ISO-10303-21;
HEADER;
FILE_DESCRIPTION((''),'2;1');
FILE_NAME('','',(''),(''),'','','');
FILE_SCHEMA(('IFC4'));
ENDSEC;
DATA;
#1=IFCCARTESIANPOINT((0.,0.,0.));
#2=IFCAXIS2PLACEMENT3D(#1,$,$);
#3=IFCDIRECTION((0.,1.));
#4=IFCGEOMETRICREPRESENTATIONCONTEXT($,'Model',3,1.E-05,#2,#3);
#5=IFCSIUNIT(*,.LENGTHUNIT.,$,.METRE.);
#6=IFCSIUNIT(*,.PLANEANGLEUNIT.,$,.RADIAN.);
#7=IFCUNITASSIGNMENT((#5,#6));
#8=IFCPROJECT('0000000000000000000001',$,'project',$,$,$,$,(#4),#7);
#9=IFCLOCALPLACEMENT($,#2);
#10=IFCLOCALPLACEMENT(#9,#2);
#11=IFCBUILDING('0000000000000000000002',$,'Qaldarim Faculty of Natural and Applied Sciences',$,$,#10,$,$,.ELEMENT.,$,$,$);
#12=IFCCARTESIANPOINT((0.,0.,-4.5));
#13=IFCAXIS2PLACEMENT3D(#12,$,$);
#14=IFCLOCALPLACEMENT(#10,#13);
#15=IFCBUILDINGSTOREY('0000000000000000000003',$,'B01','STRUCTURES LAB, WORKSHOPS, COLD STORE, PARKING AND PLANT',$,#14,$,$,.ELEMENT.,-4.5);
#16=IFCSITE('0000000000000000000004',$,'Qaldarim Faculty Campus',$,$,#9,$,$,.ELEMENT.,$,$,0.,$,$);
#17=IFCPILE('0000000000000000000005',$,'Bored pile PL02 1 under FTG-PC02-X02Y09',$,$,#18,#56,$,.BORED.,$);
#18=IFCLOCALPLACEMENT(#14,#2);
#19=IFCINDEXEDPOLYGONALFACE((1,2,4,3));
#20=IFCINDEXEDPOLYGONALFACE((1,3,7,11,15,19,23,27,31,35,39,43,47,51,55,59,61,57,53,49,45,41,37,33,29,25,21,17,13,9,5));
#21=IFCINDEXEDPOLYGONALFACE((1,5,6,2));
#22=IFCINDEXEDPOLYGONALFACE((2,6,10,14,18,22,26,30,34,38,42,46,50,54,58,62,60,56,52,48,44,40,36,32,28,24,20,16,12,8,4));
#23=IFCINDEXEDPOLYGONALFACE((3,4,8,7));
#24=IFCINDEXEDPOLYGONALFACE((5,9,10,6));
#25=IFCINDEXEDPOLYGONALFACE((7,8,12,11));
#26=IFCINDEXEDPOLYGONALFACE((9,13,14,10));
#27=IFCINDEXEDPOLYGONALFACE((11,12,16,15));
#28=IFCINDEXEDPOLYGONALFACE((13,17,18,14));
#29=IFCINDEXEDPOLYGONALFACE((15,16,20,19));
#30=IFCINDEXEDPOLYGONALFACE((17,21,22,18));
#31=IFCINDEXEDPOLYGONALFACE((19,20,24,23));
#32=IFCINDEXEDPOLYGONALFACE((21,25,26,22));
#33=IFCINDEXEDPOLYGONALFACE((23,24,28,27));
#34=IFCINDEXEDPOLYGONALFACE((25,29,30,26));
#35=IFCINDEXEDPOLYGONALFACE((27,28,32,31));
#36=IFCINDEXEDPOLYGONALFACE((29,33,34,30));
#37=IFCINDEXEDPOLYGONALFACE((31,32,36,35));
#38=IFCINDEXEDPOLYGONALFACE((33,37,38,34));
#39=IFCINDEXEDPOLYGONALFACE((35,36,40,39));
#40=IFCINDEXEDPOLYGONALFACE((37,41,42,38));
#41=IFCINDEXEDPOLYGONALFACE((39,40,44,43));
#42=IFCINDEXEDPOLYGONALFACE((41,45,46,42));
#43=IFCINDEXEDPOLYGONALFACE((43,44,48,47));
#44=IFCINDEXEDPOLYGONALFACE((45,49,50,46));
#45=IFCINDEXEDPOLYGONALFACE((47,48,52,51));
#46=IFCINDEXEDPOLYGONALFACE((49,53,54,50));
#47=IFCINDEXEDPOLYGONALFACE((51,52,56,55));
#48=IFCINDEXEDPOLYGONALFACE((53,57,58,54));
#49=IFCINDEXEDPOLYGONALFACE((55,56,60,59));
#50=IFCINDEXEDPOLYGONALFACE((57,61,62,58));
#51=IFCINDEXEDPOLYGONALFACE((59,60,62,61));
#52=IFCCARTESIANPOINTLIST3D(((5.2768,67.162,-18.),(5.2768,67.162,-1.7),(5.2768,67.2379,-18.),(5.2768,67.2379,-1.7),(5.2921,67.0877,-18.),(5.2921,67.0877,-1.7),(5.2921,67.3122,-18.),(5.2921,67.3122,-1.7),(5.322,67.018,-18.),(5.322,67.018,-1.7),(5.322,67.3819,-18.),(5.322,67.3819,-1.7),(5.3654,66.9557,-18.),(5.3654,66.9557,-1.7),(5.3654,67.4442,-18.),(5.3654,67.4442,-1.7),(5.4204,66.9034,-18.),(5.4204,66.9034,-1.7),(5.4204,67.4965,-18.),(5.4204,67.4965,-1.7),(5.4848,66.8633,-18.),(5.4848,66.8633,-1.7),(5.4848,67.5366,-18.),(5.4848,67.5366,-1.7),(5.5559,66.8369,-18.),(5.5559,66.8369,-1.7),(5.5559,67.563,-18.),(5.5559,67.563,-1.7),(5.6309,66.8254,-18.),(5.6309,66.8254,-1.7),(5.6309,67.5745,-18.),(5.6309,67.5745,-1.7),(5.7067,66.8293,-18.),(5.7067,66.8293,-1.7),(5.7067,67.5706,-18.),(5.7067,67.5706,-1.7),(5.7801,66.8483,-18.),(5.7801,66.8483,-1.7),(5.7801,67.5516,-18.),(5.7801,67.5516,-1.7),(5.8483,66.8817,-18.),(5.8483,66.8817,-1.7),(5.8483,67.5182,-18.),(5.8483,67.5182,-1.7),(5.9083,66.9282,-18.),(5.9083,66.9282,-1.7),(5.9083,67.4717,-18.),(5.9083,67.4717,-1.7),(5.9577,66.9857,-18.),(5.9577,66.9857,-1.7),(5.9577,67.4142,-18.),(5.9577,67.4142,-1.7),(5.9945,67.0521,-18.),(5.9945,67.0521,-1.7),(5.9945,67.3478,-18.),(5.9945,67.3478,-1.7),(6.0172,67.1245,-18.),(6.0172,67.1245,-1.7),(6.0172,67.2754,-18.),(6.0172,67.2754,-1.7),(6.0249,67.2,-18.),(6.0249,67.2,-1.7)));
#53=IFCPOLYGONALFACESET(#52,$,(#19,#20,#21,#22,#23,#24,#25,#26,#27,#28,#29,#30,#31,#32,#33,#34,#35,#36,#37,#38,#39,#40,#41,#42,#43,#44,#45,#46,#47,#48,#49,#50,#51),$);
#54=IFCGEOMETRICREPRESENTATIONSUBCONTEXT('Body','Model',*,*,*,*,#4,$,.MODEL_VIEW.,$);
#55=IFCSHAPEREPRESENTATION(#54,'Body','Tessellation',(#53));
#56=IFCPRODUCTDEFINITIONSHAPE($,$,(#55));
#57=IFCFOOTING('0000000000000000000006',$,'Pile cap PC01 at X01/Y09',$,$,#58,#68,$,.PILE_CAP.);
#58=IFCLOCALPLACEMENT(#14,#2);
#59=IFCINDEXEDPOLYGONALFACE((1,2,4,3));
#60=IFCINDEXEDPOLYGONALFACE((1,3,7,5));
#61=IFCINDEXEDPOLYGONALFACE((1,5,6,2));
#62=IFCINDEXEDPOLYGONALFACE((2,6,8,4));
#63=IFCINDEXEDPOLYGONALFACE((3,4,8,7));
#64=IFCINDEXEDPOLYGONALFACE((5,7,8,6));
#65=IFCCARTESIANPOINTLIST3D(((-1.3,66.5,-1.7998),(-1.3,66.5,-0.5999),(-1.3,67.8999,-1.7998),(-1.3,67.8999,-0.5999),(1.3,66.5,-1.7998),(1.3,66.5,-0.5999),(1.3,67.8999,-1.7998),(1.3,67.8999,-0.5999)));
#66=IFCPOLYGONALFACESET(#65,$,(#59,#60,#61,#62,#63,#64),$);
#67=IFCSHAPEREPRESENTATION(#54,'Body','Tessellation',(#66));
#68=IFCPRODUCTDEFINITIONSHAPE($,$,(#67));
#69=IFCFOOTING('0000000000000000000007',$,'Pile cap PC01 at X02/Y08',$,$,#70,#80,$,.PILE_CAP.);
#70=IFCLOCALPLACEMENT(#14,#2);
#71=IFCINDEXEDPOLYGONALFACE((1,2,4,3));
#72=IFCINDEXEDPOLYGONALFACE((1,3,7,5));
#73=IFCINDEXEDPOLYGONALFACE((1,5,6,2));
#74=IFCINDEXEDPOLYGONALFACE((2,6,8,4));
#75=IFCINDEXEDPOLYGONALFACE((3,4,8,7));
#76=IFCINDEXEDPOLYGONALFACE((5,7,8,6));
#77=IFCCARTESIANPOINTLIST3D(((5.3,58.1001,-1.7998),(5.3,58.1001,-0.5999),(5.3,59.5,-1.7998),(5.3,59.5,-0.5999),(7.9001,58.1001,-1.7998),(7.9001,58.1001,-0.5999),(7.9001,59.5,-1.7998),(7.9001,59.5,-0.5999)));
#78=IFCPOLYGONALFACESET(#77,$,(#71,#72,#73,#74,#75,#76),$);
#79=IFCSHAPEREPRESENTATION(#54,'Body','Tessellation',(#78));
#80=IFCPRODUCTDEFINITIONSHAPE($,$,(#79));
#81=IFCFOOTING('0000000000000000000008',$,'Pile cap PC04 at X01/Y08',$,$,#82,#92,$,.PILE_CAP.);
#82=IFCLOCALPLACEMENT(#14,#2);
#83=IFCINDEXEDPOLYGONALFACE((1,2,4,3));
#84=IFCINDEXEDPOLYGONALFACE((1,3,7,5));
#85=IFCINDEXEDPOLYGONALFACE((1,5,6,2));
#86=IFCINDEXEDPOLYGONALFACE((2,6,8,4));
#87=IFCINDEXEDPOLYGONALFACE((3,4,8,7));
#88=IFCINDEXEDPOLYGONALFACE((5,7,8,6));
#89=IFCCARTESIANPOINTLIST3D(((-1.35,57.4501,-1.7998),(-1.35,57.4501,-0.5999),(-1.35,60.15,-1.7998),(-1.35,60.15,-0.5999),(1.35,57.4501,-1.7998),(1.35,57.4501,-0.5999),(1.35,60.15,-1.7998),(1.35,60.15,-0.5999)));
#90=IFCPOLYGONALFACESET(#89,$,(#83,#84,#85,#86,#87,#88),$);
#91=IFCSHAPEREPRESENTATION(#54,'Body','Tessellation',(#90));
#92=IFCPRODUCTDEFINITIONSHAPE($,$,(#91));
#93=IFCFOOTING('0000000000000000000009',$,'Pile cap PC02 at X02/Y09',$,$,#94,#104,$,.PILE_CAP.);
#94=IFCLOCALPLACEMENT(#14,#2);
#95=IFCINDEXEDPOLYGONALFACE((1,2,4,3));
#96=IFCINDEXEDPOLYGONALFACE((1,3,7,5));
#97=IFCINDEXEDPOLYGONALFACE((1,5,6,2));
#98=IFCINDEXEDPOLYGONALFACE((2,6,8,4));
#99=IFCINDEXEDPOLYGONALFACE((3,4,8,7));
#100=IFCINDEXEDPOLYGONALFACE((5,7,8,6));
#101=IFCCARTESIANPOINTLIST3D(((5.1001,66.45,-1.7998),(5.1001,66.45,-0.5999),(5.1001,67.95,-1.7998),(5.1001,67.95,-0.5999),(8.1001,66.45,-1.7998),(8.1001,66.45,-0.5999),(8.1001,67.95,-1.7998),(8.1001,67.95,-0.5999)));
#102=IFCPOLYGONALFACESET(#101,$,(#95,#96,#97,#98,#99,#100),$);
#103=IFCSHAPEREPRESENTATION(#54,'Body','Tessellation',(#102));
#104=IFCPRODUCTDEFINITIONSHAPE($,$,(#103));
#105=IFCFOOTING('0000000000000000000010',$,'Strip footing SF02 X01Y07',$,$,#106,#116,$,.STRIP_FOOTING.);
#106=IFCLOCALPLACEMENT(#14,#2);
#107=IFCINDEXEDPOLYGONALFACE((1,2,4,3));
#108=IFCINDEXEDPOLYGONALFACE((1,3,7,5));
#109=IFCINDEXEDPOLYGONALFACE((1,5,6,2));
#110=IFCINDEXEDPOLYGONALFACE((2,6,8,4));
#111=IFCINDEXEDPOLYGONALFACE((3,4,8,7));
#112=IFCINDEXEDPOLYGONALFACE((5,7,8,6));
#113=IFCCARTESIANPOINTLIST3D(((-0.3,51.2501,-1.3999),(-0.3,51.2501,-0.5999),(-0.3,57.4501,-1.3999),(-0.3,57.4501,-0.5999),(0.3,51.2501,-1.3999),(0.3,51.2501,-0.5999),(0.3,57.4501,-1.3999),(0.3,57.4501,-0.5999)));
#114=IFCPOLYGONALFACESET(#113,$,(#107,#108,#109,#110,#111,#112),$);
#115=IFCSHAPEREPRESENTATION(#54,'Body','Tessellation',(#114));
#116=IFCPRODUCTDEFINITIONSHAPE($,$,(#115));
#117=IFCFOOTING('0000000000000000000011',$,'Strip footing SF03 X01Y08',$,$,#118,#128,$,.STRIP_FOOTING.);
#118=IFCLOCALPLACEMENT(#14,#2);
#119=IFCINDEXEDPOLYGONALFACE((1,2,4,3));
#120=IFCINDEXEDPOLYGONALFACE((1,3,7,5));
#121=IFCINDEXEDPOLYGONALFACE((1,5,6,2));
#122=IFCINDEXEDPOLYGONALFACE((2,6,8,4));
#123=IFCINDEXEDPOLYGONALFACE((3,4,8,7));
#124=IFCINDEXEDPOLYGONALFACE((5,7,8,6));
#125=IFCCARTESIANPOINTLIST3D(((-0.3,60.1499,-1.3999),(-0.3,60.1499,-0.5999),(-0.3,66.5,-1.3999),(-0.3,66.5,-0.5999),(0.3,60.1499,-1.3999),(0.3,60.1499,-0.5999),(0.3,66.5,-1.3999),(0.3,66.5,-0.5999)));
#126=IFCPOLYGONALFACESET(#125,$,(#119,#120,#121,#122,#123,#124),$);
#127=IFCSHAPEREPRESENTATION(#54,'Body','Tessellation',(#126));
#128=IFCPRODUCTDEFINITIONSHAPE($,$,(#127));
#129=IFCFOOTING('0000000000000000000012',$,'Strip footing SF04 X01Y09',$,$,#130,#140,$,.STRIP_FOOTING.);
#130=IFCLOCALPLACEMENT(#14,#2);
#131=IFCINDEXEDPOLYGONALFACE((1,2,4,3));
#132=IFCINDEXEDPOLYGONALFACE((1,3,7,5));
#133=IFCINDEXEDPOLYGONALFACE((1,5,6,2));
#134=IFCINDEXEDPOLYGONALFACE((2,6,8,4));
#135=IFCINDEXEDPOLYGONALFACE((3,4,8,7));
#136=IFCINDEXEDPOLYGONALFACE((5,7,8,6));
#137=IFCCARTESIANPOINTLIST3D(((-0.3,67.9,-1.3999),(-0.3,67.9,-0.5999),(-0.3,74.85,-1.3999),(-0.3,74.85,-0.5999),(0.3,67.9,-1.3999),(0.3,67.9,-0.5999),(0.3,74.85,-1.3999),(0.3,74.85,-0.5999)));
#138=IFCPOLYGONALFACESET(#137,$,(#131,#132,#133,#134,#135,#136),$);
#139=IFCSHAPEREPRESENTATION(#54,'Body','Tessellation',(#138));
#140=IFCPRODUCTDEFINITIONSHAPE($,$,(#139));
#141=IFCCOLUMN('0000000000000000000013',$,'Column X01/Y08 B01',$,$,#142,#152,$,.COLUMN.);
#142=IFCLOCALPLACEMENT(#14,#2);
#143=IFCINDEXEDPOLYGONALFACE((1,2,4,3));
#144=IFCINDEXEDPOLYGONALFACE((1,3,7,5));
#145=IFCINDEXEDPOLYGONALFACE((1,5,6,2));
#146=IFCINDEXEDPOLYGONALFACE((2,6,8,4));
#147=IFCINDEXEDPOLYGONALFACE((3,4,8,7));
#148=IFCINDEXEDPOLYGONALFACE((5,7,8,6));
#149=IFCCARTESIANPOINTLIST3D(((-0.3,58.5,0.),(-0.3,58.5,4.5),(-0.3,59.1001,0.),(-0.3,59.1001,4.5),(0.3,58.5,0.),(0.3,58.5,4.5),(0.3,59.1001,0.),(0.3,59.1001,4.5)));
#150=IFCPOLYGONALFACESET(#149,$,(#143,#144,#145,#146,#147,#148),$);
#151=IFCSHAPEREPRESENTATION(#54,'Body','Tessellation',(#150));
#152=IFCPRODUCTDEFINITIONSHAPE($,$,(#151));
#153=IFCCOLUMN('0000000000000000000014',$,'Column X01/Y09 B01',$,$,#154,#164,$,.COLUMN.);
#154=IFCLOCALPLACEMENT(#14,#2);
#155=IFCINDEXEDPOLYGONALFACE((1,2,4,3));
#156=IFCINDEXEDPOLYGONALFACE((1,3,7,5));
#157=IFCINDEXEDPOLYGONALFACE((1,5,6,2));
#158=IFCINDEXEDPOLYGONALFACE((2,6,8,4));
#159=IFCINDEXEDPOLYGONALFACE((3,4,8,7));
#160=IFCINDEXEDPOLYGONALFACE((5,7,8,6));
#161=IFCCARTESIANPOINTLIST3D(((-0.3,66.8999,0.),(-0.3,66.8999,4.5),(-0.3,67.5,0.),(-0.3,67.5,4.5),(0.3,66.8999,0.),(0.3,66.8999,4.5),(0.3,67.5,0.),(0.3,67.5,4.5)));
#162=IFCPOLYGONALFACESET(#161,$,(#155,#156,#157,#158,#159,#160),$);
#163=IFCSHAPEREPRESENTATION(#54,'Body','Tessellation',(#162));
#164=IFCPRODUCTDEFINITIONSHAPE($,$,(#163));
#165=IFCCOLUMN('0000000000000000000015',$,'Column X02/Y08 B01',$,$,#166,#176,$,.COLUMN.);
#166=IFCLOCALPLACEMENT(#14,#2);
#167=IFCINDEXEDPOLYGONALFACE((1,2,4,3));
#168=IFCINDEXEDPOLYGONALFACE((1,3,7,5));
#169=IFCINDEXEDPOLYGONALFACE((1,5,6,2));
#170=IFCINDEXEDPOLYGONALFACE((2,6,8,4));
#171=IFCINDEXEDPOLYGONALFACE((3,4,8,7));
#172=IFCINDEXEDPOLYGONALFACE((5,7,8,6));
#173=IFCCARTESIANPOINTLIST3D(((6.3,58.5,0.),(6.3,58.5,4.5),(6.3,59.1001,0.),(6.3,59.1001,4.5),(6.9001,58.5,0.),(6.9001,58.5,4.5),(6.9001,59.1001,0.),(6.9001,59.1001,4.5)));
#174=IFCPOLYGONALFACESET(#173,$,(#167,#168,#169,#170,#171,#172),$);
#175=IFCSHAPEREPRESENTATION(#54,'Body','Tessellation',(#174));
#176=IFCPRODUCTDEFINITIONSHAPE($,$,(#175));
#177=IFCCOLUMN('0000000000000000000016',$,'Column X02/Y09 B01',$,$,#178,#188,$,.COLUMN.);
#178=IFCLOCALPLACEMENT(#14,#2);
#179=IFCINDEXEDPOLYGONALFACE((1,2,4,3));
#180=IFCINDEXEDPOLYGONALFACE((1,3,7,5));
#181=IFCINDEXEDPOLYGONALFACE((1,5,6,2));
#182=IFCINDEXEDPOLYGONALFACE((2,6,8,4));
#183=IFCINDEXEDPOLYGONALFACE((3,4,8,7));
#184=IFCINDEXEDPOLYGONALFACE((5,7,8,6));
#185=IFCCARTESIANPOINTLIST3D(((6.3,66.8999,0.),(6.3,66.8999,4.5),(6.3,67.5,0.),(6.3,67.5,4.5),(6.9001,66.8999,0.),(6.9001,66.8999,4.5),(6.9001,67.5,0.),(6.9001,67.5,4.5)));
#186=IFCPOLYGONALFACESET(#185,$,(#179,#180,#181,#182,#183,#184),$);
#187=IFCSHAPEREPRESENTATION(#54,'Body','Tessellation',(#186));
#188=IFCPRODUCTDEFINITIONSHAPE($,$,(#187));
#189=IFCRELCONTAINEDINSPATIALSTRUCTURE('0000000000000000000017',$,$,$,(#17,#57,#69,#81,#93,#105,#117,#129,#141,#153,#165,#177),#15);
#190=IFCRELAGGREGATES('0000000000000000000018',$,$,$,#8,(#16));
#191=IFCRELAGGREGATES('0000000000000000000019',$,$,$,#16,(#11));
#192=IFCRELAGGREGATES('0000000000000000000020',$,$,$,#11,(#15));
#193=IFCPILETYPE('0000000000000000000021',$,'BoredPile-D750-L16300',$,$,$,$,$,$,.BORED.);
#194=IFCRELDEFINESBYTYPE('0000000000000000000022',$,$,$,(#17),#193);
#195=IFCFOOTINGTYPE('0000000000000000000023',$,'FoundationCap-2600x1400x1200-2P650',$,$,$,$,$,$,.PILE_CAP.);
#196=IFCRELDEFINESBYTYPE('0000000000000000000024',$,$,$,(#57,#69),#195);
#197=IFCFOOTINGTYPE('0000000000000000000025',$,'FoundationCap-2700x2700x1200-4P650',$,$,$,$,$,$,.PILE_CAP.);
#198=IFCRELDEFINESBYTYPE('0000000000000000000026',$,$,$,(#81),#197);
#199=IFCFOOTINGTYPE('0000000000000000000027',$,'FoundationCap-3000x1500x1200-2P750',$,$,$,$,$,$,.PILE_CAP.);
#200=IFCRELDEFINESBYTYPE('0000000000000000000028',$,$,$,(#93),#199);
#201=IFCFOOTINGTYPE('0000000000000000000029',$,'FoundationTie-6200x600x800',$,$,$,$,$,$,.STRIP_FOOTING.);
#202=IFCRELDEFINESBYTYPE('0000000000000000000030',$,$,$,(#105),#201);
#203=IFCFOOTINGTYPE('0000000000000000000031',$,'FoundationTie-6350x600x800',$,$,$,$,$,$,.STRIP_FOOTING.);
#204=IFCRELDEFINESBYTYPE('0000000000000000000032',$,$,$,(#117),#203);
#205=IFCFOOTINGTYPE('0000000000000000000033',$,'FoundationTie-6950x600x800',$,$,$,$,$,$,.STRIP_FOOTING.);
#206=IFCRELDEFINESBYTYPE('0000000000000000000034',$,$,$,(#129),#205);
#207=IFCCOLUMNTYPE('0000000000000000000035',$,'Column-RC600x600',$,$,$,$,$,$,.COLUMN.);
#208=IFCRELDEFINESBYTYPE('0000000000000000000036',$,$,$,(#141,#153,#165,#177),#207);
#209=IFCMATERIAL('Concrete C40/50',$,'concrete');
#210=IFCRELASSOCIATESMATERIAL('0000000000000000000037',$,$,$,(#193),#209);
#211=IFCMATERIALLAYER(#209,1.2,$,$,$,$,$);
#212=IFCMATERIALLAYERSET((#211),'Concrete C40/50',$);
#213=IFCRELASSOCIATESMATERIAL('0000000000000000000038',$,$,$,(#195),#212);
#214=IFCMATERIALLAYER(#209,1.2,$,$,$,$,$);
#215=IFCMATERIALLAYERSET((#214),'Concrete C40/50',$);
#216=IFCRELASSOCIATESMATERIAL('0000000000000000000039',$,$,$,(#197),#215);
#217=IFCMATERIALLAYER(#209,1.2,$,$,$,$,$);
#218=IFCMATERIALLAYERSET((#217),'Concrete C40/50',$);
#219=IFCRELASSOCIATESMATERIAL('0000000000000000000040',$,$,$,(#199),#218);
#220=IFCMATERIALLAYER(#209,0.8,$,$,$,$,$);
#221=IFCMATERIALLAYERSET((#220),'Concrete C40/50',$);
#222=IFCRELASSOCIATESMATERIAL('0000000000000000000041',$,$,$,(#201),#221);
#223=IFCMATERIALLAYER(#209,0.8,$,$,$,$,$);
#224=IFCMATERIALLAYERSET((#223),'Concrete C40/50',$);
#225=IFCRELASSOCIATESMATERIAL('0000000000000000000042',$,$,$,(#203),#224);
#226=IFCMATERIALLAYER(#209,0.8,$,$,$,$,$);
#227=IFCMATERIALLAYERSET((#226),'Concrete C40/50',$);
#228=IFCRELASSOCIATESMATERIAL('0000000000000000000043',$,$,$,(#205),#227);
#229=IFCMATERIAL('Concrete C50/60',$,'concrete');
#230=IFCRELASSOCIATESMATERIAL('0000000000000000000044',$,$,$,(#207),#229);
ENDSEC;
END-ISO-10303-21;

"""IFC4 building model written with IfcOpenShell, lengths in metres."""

from ifc_helpers import new_model, si_unit, direction, frame, origin, origin_2d, place, context, subcontext, project, spatial, rectangle, circle, extrude, material, layer, layer_set, material_profile, profile_set, type_object, element, save


model = new_model("IFC4")

# Units and contexts
model_context = context("Model", 3, precision=1e-05, world=origin(), true_north=direction((0.0, 1.0)))
body_context = subcontext(model_context, "Body", "Model", "MODEL_VIEW")
ifc_project = project(units=[si_unit("LENGTHUNIT", "METRE"), si_unit("PLANEANGLEUNIT", "RADIAN")], contexts=[model_context])

# Site, building, storey
site_placement = place(None, origin())
site = spatial("IfcSite", under=ifc_project, at=site_placement, Name="Qaldarim Faculty Campus", CompositionType="ELEMENT", RefElevation=0.0)
building_placement = place(site_placement, origin())
building = spatial("IfcBuilding", under=site, at=building_placement, Name="Qaldarim Faculty of Natural and Applied Sciences", CompositionType="ELEMENT")
storey_placement = place(building_placement, frame((0.0, 0.0, -4.5)))
storey = spatial("IfcBuildingStorey", under=building, at=storey_placement, Name="B01", Description="STRUCTURES LAB, WORKSHOPS, COLD STORE, PARKING AND PLANT", CompositionType="ELEMENT", Elevation=-4.5)

# Pile
ifc_material_1 = material(Name="Concrete C40/50", Category="concrete")
ifc_material_profile_1 = material_profile(ifc_material_1, circle(Radius=0.375, at=origin_2d()), Name="PILE-D750")
ifc_profile_set_1 = profile_set([ifc_material_profile_1], Name="Concrete C40/50")
pile_type_1 = type_object("IfcPileType", Name="BoredPile-D750-L16300", PredefinedType="BORED", material=ifc_profile_set_1)
pile_placement = place(storey_placement, frame((5.6499, 67.2, -1.7), z_axis=(0.0, 0.0, -1.0), x_axis=(1.0, 0.0, 0.0)))
element("IfcPile", 1, at=pile_placement, inside=storey, type_object=pile_type_1, Name="Bored pile PL02 1 under FTG-PC02-X02Y09", PredefinedType="BORED", context=body_context, shape_type="SweptSolid", body=[
    extrude(circle(Radius=0.375, at=origin_2d()), origin(), (0.0, 0.0, 1.0), 16.3),
])

# Footings
ifc_layer_1 = layer(ifc_material_1, 1.2)
ifc_layer_set_1 = layer_set([ifc_layer_1], Name="Concrete C40/50")
footing_type_1 = type_object("IfcFootingType", Name="FoundationCap-2600x1400x1200-2P650", PredefinedType="PILE_CAP", material=ifc_layer_set_1)
for number, where, z_axis, x_axis, name in (
    (2, (0.0, 67.2, -1.7998), (0.0, 0.0, 1.0), (1.0, 0.0, 0.0), "Pile cap PC01 at X01/Y09"),
    (3, (6.6001, 58.8, -1.7998), (0.0, 0.0, 1.0), (1.0, 0.0, 0.0), "Pile cap PC01 at X02/Y08"),
):
    element("IfcFooting", number, at=place(storey_placement, frame(where, z_axis=z_axis, x_axis=x_axis)), inside=storey, type_object=footing_type_1, Name=name, PredefinedType="PILE_CAP", context=body_context, shape_type="SweptSolid", body=[
        extrude(rectangle(XDim=2.6001, YDim=1.3999, at=origin_2d()), origin(), (0.0, 0.0, 1.0), 1.2),
    ])
ifc_layer_2 = layer(ifc_material_1, 1.2)
ifc_layer_set_2 = layer_set([ifc_layer_2], Name="Concrete C40/50")
footing_type_2 = type_object("IfcFootingType", Name="FoundationCap-2700x2700x1200-4P650", PredefinedType="PILE_CAP", material=ifc_layer_set_2)
footing_1_placement = place(storey_placement, frame((0.0, 58.8, -1.7998), z_axis=(0.0, 0.0, 1.0), x_axis=(1.0, 0.0, 0.0)))
element("IfcFooting", 4, at=footing_1_placement, inside=storey, type_object=footing_type_2, Name="Pile cap PC04 at X01/Y08", PredefinedType="PILE_CAP", context=body_context, shape_type="SweptSolid", body=[
    extrude(rectangle(XDim=2.7, YDim=2.7, at=origin_2d()), origin(), (0.0, 0.0, 1.0), 1.2),
])
ifc_layer_3 = layer(ifc_material_1, 1.2)
ifc_layer_set_3 = layer_set([ifc_layer_3], Name="Concrete C40/50")
footing_type_3 = type_object("IfcFootingType", Name="FoundationCap-3000x1500x1200-2P750", PredefinedType="PILE_CAP", material=ifc_layer_set_3)
footing_2_placement = place(storey_placement, frame((6.6001, 67.2, -1.7998), z_axis=(0.0, 0.0, 1.0), x_axis=(1.0, 0.0, 0.0)))
element("IfcFooting", 5, at=footing_2_placement, inside=storey, type_object=footing_type_3, Name="Pile cap PC02 at X02/Y09", PredefinedType="PILE_CAP", context=body_context, shape_type="SweptSolid", body=[
    extrude(rectangle(XDim=3.0, YDim=1.5, at=origin_2d()), origin(), (0.0, 0.0, 1.0), 1.2),
])
ifc_layer_4 = layer(ifc_material_1, 0.8)
ifc_layer_set_4 = layer_set([ifc_layer_4], Name="Concrete C40/50")
footing_type_4 = type_object("IfcFootingType", Name="FoundationTie-6200x600x800", PredefinedType="STRIP_FOOTING", material=ifc_layer_set_4)
footing_3_placement = place(storey_placement, frame((0.0, 54.3501, -1.3999), z_axis=(0.0, 0.0, 1.0), x_axis=(0.0, 1.0, 0.0)))
element("IfcFooting", 6, at=footing_3_placement, inside=storey, type_object=footing_type_4, Name="Strip footing SF02 X01Y07", PredefinedType="STRIP_FOOTING", context=body_context, shape_type="SweptSolid", body=[
    extrude(rectangle(XDim=6.2, YDim=0.6001, at=origin_2d()), origin(), (0.0, 0.0, 1.0), 0.8),
])
ifc_layer_5 = layer(ifc_material_1, 0.8)
ifc_layer_set_5 = layer_set([ifc_layer_5], Name="Concrete C40/50")
footing_type_5 = type_object("IfcFootingType", Name="FoundationTie-6350x600x800", PredefinedType="STRIP_FOOTING", material=ifc_layer_set_5)
footing_4_placement = place(storey_placement, frame((0.0, 63.325, -1.3999), z_axis=(0.0, 0.0, 1.0), x_axis=(0.0, 1.0, 0.0)))
element("IfcFooting", 7, at=footing_4_placement, inside=storey, type_object=footing_type_5, Name="Strip footing SF03 X01Y08", PredefinedType="STRIP_FOOTING", context=body_context, shape_type="SweptSolid", body=[
    extrude(rectangle(XDim=6.3501, YDim=0.6001, at=origin_2d()), origin(), (0.0, 0.0, 1.0), 0.8),
])
ifc_layer_6 = layer(ifc_material_1, 0.8)
ifc_layer_set_6 = layer_set([ifc_layer_6], Name="Concrete C40/50")
footing_type_6 = type_object("IfcFootingType", Name="FoundationTie-6950x600x800", PredefinedType="STRIP_FOOTING", material=ifc_layer_set_6)
footing_5_placement = place(storey_placement, frame((0.0, 71.375, -1.3999), z_axis=(0.0, 0.0, 1.0), x_axis=(0.0, 1.0, 0.0)))
element("IfcFooting", 8, at=footing_5_placement, inside=storey, type_object=footing_type_6, Name="Strip footing SF04 X01Y09", PredefinedType="STRIP_FOOTING", context=body_context, shape_type="SweptSolid", body=[
    extrude(rectangle(XDim=6.95, YDim=0.6001, at=origin_2d()), origin(), (0.0, 0.0, 1.0), 0.8),
])

# Columns
ifc_material_2 = material(Name="Concrete C50/60", Category="concrete")
ifc_material_profile_2 = material_profile(ifc_material_2, rectangle(XDim=0.6001, YDim=0.6001, at=origin_2d()), Name="RC-C600x600")
ifc_profile_set_2 = profile_set([ifc_material_profile_2], Name="Concrete C50/60")
column_type_1 = type_object("IfcColumnType", Name="Column-RC600x600", PredefinedType="COLUMN", material=ifc_profile_set_2)
for number, where, z_axis, x_axis, name in (
    (9, (0.0, 58.8, 0.0), (0.0, 0.0, 1.0), (1.0, 0.0, 0.0), "Column X01/Y08 B01"),
    (10, (0.0, 67.2, 0.0), (0.0, 0.0, 1.0), (1.0, 0.0, 0.0), "Column X01/Y09 B01"),
    (11, (6.6001, 58.8, 0.0), (0.0, 0.0, 1.0), (1.0, 0.0, 0.0), "Column X02/Y08 B01"),
    (12, (6.6001, 67.2, 0.0), (0.0, 0.0, 1.0), (1.0, 0.0, 0.0), "Column X02/Y09 B01"),
):
    element("IfcColumn", number, at=place(storey_placement, frame(where, z_axis=z_axis, x_axis=x_axis)), inside=storey, type_object=column_type_1, Name=name, PredefinedType="COLUMN", context=body_context, shape_type="SweptSolid", body=[
        extrude(rectangle(XDim=0.6001, YDim=0.6001, at=origin_2d()), origin(), (0.0, 0.0, 1.0), 4.5),
    ])

save(model, "model.ifc")
